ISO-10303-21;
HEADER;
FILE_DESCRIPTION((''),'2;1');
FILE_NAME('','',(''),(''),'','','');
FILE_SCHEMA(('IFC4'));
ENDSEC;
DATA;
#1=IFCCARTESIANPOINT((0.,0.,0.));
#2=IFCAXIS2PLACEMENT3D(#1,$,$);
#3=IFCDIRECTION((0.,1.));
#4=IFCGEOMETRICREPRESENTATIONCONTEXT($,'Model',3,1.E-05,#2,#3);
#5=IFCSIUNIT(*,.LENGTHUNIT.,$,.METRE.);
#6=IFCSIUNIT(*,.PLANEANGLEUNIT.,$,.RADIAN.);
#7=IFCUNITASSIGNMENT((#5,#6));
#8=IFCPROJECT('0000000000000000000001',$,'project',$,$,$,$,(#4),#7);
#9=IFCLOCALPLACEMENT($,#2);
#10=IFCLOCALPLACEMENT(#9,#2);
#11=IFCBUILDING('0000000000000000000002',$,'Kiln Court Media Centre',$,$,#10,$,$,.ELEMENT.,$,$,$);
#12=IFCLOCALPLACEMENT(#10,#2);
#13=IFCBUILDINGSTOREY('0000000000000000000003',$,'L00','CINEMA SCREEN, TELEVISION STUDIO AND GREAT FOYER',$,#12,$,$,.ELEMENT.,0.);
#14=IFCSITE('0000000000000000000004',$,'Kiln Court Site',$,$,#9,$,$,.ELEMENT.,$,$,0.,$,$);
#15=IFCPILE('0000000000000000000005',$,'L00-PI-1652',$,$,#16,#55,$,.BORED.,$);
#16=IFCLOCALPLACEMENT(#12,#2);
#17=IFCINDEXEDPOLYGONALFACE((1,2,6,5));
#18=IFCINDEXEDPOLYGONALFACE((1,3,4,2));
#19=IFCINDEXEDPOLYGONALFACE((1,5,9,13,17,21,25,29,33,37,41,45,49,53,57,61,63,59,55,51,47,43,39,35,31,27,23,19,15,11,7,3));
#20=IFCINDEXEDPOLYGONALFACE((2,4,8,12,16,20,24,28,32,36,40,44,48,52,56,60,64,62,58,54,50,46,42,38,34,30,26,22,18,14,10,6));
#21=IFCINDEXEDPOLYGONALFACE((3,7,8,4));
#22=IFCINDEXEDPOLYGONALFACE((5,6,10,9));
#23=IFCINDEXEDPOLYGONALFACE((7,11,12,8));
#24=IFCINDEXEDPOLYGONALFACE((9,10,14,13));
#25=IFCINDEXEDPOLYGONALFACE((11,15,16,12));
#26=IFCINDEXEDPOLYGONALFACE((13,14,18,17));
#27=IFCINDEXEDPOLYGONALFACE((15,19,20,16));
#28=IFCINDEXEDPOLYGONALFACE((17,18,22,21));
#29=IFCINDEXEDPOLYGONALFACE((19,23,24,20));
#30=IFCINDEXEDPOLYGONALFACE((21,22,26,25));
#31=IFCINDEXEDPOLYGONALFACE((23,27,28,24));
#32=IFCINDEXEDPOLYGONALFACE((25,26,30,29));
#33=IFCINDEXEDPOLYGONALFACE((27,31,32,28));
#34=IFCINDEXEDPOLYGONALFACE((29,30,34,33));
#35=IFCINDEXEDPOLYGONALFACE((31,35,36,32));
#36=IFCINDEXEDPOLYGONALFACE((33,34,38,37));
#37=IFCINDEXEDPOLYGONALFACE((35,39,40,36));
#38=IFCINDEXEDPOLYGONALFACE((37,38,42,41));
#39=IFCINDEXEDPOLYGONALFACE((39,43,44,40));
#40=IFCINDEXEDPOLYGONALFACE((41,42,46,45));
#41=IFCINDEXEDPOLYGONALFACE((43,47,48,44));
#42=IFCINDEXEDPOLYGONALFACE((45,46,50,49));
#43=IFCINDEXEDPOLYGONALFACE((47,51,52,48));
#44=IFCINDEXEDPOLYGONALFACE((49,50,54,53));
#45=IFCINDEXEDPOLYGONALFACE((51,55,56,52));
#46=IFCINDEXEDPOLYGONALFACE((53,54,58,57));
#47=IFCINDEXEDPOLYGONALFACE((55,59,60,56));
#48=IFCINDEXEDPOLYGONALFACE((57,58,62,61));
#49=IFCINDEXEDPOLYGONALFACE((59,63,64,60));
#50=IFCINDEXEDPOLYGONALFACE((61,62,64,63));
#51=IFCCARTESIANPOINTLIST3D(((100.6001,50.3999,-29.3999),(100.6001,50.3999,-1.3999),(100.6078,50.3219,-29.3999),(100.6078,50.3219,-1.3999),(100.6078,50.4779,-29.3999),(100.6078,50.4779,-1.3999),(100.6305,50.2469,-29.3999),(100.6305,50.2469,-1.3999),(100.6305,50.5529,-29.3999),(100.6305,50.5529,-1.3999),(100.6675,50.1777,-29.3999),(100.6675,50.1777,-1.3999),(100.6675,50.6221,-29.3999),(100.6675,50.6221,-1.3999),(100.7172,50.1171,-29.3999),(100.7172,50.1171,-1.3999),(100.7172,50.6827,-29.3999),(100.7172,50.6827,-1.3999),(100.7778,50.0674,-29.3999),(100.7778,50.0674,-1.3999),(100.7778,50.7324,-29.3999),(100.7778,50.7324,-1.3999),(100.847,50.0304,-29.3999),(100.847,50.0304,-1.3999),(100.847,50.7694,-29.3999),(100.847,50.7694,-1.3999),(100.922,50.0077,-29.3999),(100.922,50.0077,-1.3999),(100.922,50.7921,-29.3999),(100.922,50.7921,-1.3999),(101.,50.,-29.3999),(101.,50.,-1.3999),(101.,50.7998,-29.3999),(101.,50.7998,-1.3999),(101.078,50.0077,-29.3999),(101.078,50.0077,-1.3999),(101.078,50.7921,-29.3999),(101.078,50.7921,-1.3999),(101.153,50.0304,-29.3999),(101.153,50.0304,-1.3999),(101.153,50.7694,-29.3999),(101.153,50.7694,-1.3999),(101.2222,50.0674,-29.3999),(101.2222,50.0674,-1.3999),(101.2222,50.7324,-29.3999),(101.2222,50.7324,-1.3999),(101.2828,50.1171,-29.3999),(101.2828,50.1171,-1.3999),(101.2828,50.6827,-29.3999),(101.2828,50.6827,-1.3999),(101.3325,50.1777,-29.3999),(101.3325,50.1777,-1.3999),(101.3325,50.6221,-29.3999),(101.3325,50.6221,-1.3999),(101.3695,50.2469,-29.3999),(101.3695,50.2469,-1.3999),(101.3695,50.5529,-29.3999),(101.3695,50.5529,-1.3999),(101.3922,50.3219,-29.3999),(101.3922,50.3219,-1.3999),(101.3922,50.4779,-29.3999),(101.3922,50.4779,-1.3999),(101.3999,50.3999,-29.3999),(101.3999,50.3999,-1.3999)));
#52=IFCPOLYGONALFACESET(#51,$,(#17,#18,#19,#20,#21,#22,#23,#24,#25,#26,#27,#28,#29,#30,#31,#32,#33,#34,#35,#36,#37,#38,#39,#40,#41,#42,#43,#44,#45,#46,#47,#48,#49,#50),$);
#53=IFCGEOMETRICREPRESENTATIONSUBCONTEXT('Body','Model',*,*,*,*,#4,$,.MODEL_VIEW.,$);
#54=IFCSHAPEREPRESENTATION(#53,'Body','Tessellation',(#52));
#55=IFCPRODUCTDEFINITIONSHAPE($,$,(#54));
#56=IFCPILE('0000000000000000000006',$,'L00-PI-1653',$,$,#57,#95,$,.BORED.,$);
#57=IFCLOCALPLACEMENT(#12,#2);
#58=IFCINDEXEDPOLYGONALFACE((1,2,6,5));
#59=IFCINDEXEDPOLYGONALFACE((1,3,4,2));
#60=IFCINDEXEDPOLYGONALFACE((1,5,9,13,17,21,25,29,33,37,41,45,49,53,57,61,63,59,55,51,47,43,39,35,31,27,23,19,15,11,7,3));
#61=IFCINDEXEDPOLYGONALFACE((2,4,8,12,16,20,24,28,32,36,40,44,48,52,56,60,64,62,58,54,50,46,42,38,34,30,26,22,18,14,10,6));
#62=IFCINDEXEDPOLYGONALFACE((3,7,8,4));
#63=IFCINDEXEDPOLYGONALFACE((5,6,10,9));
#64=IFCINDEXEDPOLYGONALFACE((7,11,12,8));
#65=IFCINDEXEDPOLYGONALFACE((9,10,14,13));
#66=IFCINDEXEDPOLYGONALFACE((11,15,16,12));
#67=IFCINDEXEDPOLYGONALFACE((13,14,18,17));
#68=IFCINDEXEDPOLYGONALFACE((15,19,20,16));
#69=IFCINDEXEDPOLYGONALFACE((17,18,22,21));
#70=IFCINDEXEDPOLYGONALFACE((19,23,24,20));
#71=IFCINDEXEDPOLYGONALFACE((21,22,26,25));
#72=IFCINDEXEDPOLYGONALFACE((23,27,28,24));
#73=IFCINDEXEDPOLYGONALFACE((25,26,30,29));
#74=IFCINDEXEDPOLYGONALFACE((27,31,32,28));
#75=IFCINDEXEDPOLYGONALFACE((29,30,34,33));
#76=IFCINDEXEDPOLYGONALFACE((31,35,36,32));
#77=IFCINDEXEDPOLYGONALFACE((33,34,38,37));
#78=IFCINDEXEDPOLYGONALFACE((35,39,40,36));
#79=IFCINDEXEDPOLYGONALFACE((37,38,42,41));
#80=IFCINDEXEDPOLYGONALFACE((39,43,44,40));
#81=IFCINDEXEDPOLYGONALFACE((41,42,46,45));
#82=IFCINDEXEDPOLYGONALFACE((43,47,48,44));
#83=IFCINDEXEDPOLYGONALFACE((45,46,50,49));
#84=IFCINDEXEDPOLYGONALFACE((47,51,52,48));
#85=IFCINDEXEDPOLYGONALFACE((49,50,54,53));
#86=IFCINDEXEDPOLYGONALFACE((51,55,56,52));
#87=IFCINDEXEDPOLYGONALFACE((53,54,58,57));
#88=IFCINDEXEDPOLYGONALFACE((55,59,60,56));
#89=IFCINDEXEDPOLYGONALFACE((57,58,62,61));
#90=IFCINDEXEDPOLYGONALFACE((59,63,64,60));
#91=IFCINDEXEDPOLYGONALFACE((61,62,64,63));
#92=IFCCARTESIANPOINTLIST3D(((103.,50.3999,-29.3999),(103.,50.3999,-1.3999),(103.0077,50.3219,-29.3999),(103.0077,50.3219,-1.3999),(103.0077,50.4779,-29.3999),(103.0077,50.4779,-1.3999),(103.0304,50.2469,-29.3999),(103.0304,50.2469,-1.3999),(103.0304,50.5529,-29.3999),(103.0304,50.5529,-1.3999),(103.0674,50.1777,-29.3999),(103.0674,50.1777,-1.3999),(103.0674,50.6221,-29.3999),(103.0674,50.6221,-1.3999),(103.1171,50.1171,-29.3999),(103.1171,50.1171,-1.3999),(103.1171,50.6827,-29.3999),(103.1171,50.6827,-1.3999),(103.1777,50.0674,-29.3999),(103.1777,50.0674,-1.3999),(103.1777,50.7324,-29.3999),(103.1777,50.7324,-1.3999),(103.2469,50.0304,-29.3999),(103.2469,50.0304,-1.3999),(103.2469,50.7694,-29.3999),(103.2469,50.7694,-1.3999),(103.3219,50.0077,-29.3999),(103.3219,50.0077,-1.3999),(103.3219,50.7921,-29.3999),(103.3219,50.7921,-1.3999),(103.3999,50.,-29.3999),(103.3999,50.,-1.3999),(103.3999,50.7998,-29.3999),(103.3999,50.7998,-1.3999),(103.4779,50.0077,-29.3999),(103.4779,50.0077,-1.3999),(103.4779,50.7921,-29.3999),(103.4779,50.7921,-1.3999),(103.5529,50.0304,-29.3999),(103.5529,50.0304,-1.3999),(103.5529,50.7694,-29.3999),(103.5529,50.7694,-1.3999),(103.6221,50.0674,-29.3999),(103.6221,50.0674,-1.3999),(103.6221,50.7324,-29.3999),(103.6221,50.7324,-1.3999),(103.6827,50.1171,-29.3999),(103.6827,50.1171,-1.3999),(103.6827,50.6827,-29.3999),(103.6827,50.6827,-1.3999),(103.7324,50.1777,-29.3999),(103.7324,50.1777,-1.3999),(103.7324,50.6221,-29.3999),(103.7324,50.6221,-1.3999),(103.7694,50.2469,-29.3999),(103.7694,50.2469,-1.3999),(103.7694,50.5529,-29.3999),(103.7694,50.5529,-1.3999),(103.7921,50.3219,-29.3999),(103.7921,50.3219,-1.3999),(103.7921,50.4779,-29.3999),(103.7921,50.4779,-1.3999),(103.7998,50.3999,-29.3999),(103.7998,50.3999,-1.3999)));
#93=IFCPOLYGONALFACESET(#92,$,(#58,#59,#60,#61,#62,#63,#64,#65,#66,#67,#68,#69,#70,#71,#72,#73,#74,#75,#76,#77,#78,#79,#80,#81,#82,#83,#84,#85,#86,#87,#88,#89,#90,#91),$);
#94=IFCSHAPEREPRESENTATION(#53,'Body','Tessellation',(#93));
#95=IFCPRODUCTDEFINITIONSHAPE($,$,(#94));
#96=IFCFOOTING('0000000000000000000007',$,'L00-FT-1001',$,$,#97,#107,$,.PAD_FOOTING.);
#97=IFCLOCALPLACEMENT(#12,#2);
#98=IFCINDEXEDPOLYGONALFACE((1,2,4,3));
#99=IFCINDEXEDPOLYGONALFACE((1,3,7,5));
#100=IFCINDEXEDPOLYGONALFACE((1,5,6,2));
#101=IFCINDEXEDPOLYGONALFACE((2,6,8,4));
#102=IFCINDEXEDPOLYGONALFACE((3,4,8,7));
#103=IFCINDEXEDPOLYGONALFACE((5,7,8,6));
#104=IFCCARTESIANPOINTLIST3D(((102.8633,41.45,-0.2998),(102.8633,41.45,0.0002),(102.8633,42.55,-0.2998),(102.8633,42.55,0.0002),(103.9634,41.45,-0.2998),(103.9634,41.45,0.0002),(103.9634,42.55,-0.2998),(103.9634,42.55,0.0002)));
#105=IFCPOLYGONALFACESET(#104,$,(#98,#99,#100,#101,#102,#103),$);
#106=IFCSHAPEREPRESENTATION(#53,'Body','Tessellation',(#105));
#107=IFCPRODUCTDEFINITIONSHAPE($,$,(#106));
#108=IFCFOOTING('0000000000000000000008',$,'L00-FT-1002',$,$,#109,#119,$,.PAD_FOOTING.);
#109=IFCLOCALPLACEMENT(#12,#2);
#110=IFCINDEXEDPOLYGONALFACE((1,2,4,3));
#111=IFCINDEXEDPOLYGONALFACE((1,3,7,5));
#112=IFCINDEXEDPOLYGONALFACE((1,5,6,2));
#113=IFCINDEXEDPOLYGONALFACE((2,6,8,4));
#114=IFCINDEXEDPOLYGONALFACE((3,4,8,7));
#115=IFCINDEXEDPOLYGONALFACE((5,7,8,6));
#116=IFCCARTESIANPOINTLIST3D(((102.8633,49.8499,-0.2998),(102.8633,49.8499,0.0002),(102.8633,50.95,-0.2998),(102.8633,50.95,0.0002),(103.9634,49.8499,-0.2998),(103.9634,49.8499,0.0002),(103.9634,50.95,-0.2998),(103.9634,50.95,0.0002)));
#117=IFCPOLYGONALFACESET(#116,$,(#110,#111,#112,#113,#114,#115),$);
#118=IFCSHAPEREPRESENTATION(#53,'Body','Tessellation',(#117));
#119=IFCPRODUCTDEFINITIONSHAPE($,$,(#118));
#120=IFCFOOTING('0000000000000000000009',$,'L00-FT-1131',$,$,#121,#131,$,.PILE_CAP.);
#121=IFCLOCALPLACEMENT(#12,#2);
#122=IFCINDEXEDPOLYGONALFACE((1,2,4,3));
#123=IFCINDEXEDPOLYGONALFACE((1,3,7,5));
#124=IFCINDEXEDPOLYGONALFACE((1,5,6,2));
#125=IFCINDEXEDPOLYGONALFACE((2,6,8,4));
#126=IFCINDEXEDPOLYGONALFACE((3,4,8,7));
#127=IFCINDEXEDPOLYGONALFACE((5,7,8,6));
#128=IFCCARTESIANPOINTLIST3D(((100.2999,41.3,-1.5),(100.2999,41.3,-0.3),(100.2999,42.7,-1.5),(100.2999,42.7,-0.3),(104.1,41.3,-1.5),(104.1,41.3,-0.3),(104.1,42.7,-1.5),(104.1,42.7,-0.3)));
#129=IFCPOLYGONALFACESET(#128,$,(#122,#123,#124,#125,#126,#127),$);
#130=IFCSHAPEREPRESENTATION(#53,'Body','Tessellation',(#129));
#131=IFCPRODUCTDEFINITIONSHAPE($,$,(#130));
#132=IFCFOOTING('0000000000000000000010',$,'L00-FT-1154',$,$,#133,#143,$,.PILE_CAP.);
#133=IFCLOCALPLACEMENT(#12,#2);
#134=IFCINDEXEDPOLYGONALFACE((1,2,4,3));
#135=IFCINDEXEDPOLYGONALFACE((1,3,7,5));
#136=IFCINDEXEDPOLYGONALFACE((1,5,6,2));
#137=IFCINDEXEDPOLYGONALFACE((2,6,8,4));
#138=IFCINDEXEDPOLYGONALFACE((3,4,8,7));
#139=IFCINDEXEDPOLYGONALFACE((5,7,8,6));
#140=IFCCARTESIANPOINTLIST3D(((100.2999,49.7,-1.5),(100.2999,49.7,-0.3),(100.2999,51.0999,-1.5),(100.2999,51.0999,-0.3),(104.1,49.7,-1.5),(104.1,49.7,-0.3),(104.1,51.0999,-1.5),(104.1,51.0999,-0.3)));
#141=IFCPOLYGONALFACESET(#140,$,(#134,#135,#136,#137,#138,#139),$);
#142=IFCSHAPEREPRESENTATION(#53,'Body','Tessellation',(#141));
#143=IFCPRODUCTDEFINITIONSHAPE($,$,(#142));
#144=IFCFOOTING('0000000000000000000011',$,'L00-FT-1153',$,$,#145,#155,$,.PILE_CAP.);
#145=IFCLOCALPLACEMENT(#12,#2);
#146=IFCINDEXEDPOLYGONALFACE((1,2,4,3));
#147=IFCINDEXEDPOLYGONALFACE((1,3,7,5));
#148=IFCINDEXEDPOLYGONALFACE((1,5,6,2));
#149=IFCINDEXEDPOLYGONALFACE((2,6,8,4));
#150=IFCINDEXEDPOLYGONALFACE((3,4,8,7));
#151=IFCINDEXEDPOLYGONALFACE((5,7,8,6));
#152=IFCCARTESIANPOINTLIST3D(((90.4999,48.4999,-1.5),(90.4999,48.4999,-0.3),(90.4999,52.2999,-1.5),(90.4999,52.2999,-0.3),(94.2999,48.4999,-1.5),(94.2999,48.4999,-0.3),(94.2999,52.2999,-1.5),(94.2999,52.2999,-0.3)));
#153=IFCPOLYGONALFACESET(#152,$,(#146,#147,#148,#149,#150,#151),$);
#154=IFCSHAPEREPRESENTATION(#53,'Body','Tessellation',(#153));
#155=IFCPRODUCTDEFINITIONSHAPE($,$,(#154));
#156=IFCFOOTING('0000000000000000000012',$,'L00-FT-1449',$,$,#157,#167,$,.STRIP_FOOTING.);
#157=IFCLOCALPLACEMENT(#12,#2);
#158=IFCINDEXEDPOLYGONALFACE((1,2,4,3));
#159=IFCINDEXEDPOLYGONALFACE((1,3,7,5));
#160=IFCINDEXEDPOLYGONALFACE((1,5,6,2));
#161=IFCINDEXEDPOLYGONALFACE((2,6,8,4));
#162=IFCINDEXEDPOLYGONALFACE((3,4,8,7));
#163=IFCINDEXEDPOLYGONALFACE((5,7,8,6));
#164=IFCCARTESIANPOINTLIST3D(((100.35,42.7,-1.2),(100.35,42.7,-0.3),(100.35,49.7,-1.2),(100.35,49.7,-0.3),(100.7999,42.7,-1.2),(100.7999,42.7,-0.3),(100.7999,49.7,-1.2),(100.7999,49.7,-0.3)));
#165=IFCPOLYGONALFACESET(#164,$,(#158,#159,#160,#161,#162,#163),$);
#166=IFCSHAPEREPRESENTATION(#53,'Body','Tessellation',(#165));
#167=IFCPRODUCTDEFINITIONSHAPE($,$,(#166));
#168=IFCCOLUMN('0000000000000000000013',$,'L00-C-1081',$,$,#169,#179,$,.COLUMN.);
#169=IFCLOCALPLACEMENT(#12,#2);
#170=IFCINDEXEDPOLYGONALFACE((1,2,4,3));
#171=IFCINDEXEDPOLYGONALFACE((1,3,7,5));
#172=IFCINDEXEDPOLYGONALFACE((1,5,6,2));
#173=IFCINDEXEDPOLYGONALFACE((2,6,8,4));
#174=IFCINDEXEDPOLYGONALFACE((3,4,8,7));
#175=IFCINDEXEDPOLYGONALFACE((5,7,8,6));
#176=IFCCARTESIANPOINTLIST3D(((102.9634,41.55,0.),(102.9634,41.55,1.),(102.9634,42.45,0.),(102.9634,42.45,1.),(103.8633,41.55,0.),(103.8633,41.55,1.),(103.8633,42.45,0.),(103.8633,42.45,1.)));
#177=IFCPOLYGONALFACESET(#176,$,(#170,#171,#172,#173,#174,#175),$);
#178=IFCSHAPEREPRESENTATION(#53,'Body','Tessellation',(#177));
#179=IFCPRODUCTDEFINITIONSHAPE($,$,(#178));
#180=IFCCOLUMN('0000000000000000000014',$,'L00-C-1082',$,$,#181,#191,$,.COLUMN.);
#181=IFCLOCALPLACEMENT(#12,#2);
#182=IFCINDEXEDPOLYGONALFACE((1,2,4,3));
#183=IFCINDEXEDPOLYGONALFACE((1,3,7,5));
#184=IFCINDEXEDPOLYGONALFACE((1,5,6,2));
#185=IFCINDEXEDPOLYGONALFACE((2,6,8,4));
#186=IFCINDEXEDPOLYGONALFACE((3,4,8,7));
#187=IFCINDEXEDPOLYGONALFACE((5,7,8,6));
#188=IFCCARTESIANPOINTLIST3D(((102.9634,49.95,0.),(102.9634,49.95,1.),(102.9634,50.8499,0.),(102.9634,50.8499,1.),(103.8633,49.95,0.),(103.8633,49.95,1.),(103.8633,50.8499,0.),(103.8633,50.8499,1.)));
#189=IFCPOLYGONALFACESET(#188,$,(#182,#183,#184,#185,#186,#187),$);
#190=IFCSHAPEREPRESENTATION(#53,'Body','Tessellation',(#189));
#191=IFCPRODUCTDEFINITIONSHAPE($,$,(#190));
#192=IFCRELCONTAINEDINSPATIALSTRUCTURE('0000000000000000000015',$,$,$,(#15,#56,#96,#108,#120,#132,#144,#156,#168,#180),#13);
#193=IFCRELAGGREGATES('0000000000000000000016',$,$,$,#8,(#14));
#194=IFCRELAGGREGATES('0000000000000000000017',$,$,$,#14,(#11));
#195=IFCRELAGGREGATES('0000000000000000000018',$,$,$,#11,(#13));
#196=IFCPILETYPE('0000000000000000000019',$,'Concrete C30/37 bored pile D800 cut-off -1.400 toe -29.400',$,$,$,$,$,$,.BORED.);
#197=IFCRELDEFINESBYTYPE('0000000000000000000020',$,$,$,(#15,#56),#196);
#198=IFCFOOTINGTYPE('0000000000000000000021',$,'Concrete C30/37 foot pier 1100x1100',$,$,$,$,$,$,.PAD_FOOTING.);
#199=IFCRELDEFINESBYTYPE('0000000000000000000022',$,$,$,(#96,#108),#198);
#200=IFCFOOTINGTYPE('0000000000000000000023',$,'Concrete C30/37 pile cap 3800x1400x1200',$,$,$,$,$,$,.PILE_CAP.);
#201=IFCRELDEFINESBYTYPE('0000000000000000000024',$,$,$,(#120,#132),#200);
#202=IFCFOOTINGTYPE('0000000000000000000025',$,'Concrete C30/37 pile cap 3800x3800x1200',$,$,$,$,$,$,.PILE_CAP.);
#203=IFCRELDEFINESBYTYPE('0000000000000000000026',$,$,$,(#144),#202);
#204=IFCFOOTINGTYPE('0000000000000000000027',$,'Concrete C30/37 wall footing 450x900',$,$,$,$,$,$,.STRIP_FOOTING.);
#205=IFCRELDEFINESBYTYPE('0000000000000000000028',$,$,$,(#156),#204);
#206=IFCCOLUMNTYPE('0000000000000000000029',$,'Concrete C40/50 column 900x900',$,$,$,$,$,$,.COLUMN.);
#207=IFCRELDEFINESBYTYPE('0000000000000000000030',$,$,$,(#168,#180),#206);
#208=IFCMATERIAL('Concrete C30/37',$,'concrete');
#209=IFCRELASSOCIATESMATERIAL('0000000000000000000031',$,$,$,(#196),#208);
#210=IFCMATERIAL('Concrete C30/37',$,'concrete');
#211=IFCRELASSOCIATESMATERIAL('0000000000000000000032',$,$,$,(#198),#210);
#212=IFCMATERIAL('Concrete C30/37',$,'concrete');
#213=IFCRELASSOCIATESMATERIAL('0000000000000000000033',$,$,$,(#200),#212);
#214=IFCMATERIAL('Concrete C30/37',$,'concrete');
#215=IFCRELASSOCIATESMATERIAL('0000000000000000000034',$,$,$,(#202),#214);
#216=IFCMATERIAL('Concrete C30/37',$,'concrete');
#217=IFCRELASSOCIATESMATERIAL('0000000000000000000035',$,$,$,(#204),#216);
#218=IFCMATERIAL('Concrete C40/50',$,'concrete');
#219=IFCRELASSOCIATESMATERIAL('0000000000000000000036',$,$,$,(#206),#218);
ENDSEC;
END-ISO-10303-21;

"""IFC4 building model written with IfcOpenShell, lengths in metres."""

from ifc_helpers import new_model, si_unit, direction, frame, origin, origin_2d, place, context, subcontext, project, spatial, rectangle, circle, extrude, material, material_profile, profile_set, type_object, element, save


model = new_model("IFC4")

# Units and contexts
model_context = context("Model", 3, precision=1e-05, world=origin(), true_north=direction((0.0, 1.0)))
body_context = subcontext(model_context, "Body", "Model", "MODEL_VIEW")
ifc_project = project(units=[si_unit("LENGTHUNIT", "METRE"), si_unit("PLANEANGLEUNIT", "RADIAN")], contexts=[model_context])

# Site, building, storey
site_placement = place(None, origin())
site = spatial("IfcSite", under=ifc_project, at=site_placement, Name="Kiln Court Site", CompositionType="ELEMENT", RefElevation=0.0)
building_placement = place(site_placement, origin())
building = spatial("IfcBuilding", under=site, at=building_placement, Name="Kiln Court Media Centre", CompositionType="ELEMENT")
storey_placement = place(building_placement, origin())
storey = spatial("IfcBuildingStorey", under=building, at=storey_placement, Name="L00", Description="CINEMA SCREEN, TELEVISION STUDIO AND GREAT FOYER", CompositionType="ELEMENT", Elevation=0.0)

# Piles
ifc_material_1 = material(Name="Concrete C30/37", Category="concrete")
ifc_material_profile_1 = material_profile(ifc_material_1, circle(Radius=0.3999, at=origin_2d()), Name="PILE D800")
ifc_profile_set_1 = profile_set([ifc_material_profile_1], Name="Concrete C30/37")
pile_type = type_object("IfcPileType", Name="Concrete C30/37 bored pile D800 cut-off -1.400 toe -29.400", PredefinedType="BORED", material=ifc_profile_set_1)
for number, where, z_axis, x_axis, name in (
    (1, (101.0, 50.3999, -1.3999), (0.0, 0.0, -1.0), (1.0, 0.0, 0.0), "L00-PI-1652"),
    (2, (103.3999, 50.3999, -1.3999), (0.0, 0.0, -1.0), (1.0, 0.0, 0.0), "L00-PI-1653"),
):
    element("IfcPile", number, at=place(storey_placement, frame(where, z_axis=z_axis, x_axis=x_axis)), inside=storey, type_object=pile_type, Name=name, PredefinedType="BORED", context=body_context, shape_type="SweptSolid", body=[
        extrude(circle(Radius=0.3999, at=origin_2d()), origin(), (0.0, 0.0, 1.0), 28.0),
    ])

# Footings
ifc_material_2 = material(Name="Concrete C30/37", Category="concrete")
footing_type_1 = type_object("IfcFootingType", Name="Concrete C30/37 foot pier 1100x1100", PredefinedType="PAD_FOOTING", material=ifc_material_2)
for number, where, z_axis, x_axis, name in (
    (3, (103.4133, 42.0, -0.2998), (0.0, 0.0, 1.0), (1.0, 0.0, 0.0), "L00-FT-1001"),
    (4, (103.4133, 50.3999, -0.2998), (0.0, 0.0, 1.0), (1.0, 0.0, 0.0), "L00-FT-1002"),
):
    element("IfcFooting", number, at=place(storey_placement, frame(where, z_axis=z_axis, x_axis=x_axis)), inside=storey, type_object=footing_type_1, Name=name, PredefinedType="PAD_FOOTING", context=body_context, shape_type="SweptSolid", body=[
        extrude(rectangle(XDim=1.1001, YDim=1.1001, at=origin_2d()), origin(), (0.0, 0.0, 1.0), 0.3),
    ])
ifc_material_3 = material(Name="Concrete C30/37", Category="concrete")
footing_type_2 = type_object("IfcFootingType", Name="Concrete C30/37 pile cap 3800x1400x1200", PredefinedType="PILE_CAP", material=ifc_material_3)
for number, where, z_axis, x_axis, name in (
    (5, (102.2, 42.0, -1.5), (0.0, 0.0, 1.0), (1.0, 0.0, 0.0), "L00-FT-1131"),
    (6, (102.2, 50.3999, -1.5), (0.0, 0.0, 1.0), (1.0, 0.0, 0.0), "L00-FT-1154"),
):
    element("IfcFooting", number, at=place(storey_placement, frame(where, z_axis=z_axis, x_axis=x_axis)), inside=storey, type_object=footing_type_2, Name=name, PredefinedType="PILE_CAP", context=body_context, shape_type="SweptSolid", body=[
        extrude(rectangle(XDim=3.8, YDim=1.3999, at=origin_2d()), origin(), (0.0, 0.0, 1.0), 1.2),
    ])
ifc_material_4 = material(Name="Concrete C30/37", Category="concrete")
footing_type_3 = type_object("IfcFootingType", Name="Concrete C30/37 pile cap 3800x3800x1200", PredefinedType="PILE_CAP", material=ifc_material_4)
footing_1_placement = place(storey_placement, frame((92.3999, 50.3999, -1.5), z_axis=(0.0, 0.0, 1.0), x_axis=(1.0, 0.0, 0.0)))
element("IfcFooting", 7, at=footing_1_placement, inside=storey, type_object=footing_type_3, Name="L00-FT-1153", PredefinedType="PILE_CAP", context=body_context, shape_type="SweptSolid", body=[
    extrude(rectangle(XDim=3.8, YDim=3.8, at=origin_2d()), origin(), (0.0, 0.0, 1.0), 1.2),
])
ifc_material_5 = material(Name="Concrete C30/37", Category="concrete")
footing_type_4 = type_object("IfcFootingType", Name="Concrete C30/37 wall footing 450x900", PredefinedType="STRIP_FOOTING", material=ifc_material_5)
footing_2_placement = place(storey_placement, frame((100.575, 46.2, -1.2), z_axis=(0.0, 0.0, 1.0), x_axis=(1.0, 0.0, 0.0)))
element("IfcFooting", 8, at=footing_2_placement, inside=storey, type_object=footing_type_4, Name="L00-FT-1449", PredefinedType="STRIP_FOOTING", context=body_context, shape_type="SweptSolid", body=[
    extrude(rectangle(XDim=0.45, YDim=7.0, at=origin_2d()), origin(), (0.0, 0.0, 1.0), 0.8999),
])

# Columns
ifc_material_6 = material(Name="Concrete C40/50", Category="concrete")
ifc_material_profile_2 = material_profile(ifc_material_6, rectangle(XDim=0.8999, YDim=0.8999, at=origin_2d()), Name="RC 900x900")
ifc_profile_set_2 = profile_set([ifc_material_profile_2], Name="Concrete C40/50")
column_type_1 = type_object("IfcColumnType", Name="Concrete C40/50 column 900x900", PredefinedType="COLUMN", material=ifc_profile_set_2)
for number, where, z_axis, x_axis, name in (
    (9, (103.4133, 42.0, 0.0), (0.0, 0.0, 1.0), (1.0, 0.0, 0.0), "L00-C-1081"),
    (10, (103.4133, 50.3999, 0.0), (0.0, 0.0, 1.0), (1.0, 0.0, 0.0), "L00-C-1082"),
):
    element("IfcColumn", number, at=place(storey_placement, frame(where, z_axis=z_axis, x_axis=x_axis)), inside=storey, type_object=column_type_1, Name=name, PredefinedType="COLUMN", context=body_context, shape_type="SweptSolid", body=[
        extrude(rectangle(XDim=0.8999, YDim=0.8999, at=origin_2d()), origin(), (0.0, 0.0, 1.0), 1.0),
    ])

save(model, "model.ifc")
